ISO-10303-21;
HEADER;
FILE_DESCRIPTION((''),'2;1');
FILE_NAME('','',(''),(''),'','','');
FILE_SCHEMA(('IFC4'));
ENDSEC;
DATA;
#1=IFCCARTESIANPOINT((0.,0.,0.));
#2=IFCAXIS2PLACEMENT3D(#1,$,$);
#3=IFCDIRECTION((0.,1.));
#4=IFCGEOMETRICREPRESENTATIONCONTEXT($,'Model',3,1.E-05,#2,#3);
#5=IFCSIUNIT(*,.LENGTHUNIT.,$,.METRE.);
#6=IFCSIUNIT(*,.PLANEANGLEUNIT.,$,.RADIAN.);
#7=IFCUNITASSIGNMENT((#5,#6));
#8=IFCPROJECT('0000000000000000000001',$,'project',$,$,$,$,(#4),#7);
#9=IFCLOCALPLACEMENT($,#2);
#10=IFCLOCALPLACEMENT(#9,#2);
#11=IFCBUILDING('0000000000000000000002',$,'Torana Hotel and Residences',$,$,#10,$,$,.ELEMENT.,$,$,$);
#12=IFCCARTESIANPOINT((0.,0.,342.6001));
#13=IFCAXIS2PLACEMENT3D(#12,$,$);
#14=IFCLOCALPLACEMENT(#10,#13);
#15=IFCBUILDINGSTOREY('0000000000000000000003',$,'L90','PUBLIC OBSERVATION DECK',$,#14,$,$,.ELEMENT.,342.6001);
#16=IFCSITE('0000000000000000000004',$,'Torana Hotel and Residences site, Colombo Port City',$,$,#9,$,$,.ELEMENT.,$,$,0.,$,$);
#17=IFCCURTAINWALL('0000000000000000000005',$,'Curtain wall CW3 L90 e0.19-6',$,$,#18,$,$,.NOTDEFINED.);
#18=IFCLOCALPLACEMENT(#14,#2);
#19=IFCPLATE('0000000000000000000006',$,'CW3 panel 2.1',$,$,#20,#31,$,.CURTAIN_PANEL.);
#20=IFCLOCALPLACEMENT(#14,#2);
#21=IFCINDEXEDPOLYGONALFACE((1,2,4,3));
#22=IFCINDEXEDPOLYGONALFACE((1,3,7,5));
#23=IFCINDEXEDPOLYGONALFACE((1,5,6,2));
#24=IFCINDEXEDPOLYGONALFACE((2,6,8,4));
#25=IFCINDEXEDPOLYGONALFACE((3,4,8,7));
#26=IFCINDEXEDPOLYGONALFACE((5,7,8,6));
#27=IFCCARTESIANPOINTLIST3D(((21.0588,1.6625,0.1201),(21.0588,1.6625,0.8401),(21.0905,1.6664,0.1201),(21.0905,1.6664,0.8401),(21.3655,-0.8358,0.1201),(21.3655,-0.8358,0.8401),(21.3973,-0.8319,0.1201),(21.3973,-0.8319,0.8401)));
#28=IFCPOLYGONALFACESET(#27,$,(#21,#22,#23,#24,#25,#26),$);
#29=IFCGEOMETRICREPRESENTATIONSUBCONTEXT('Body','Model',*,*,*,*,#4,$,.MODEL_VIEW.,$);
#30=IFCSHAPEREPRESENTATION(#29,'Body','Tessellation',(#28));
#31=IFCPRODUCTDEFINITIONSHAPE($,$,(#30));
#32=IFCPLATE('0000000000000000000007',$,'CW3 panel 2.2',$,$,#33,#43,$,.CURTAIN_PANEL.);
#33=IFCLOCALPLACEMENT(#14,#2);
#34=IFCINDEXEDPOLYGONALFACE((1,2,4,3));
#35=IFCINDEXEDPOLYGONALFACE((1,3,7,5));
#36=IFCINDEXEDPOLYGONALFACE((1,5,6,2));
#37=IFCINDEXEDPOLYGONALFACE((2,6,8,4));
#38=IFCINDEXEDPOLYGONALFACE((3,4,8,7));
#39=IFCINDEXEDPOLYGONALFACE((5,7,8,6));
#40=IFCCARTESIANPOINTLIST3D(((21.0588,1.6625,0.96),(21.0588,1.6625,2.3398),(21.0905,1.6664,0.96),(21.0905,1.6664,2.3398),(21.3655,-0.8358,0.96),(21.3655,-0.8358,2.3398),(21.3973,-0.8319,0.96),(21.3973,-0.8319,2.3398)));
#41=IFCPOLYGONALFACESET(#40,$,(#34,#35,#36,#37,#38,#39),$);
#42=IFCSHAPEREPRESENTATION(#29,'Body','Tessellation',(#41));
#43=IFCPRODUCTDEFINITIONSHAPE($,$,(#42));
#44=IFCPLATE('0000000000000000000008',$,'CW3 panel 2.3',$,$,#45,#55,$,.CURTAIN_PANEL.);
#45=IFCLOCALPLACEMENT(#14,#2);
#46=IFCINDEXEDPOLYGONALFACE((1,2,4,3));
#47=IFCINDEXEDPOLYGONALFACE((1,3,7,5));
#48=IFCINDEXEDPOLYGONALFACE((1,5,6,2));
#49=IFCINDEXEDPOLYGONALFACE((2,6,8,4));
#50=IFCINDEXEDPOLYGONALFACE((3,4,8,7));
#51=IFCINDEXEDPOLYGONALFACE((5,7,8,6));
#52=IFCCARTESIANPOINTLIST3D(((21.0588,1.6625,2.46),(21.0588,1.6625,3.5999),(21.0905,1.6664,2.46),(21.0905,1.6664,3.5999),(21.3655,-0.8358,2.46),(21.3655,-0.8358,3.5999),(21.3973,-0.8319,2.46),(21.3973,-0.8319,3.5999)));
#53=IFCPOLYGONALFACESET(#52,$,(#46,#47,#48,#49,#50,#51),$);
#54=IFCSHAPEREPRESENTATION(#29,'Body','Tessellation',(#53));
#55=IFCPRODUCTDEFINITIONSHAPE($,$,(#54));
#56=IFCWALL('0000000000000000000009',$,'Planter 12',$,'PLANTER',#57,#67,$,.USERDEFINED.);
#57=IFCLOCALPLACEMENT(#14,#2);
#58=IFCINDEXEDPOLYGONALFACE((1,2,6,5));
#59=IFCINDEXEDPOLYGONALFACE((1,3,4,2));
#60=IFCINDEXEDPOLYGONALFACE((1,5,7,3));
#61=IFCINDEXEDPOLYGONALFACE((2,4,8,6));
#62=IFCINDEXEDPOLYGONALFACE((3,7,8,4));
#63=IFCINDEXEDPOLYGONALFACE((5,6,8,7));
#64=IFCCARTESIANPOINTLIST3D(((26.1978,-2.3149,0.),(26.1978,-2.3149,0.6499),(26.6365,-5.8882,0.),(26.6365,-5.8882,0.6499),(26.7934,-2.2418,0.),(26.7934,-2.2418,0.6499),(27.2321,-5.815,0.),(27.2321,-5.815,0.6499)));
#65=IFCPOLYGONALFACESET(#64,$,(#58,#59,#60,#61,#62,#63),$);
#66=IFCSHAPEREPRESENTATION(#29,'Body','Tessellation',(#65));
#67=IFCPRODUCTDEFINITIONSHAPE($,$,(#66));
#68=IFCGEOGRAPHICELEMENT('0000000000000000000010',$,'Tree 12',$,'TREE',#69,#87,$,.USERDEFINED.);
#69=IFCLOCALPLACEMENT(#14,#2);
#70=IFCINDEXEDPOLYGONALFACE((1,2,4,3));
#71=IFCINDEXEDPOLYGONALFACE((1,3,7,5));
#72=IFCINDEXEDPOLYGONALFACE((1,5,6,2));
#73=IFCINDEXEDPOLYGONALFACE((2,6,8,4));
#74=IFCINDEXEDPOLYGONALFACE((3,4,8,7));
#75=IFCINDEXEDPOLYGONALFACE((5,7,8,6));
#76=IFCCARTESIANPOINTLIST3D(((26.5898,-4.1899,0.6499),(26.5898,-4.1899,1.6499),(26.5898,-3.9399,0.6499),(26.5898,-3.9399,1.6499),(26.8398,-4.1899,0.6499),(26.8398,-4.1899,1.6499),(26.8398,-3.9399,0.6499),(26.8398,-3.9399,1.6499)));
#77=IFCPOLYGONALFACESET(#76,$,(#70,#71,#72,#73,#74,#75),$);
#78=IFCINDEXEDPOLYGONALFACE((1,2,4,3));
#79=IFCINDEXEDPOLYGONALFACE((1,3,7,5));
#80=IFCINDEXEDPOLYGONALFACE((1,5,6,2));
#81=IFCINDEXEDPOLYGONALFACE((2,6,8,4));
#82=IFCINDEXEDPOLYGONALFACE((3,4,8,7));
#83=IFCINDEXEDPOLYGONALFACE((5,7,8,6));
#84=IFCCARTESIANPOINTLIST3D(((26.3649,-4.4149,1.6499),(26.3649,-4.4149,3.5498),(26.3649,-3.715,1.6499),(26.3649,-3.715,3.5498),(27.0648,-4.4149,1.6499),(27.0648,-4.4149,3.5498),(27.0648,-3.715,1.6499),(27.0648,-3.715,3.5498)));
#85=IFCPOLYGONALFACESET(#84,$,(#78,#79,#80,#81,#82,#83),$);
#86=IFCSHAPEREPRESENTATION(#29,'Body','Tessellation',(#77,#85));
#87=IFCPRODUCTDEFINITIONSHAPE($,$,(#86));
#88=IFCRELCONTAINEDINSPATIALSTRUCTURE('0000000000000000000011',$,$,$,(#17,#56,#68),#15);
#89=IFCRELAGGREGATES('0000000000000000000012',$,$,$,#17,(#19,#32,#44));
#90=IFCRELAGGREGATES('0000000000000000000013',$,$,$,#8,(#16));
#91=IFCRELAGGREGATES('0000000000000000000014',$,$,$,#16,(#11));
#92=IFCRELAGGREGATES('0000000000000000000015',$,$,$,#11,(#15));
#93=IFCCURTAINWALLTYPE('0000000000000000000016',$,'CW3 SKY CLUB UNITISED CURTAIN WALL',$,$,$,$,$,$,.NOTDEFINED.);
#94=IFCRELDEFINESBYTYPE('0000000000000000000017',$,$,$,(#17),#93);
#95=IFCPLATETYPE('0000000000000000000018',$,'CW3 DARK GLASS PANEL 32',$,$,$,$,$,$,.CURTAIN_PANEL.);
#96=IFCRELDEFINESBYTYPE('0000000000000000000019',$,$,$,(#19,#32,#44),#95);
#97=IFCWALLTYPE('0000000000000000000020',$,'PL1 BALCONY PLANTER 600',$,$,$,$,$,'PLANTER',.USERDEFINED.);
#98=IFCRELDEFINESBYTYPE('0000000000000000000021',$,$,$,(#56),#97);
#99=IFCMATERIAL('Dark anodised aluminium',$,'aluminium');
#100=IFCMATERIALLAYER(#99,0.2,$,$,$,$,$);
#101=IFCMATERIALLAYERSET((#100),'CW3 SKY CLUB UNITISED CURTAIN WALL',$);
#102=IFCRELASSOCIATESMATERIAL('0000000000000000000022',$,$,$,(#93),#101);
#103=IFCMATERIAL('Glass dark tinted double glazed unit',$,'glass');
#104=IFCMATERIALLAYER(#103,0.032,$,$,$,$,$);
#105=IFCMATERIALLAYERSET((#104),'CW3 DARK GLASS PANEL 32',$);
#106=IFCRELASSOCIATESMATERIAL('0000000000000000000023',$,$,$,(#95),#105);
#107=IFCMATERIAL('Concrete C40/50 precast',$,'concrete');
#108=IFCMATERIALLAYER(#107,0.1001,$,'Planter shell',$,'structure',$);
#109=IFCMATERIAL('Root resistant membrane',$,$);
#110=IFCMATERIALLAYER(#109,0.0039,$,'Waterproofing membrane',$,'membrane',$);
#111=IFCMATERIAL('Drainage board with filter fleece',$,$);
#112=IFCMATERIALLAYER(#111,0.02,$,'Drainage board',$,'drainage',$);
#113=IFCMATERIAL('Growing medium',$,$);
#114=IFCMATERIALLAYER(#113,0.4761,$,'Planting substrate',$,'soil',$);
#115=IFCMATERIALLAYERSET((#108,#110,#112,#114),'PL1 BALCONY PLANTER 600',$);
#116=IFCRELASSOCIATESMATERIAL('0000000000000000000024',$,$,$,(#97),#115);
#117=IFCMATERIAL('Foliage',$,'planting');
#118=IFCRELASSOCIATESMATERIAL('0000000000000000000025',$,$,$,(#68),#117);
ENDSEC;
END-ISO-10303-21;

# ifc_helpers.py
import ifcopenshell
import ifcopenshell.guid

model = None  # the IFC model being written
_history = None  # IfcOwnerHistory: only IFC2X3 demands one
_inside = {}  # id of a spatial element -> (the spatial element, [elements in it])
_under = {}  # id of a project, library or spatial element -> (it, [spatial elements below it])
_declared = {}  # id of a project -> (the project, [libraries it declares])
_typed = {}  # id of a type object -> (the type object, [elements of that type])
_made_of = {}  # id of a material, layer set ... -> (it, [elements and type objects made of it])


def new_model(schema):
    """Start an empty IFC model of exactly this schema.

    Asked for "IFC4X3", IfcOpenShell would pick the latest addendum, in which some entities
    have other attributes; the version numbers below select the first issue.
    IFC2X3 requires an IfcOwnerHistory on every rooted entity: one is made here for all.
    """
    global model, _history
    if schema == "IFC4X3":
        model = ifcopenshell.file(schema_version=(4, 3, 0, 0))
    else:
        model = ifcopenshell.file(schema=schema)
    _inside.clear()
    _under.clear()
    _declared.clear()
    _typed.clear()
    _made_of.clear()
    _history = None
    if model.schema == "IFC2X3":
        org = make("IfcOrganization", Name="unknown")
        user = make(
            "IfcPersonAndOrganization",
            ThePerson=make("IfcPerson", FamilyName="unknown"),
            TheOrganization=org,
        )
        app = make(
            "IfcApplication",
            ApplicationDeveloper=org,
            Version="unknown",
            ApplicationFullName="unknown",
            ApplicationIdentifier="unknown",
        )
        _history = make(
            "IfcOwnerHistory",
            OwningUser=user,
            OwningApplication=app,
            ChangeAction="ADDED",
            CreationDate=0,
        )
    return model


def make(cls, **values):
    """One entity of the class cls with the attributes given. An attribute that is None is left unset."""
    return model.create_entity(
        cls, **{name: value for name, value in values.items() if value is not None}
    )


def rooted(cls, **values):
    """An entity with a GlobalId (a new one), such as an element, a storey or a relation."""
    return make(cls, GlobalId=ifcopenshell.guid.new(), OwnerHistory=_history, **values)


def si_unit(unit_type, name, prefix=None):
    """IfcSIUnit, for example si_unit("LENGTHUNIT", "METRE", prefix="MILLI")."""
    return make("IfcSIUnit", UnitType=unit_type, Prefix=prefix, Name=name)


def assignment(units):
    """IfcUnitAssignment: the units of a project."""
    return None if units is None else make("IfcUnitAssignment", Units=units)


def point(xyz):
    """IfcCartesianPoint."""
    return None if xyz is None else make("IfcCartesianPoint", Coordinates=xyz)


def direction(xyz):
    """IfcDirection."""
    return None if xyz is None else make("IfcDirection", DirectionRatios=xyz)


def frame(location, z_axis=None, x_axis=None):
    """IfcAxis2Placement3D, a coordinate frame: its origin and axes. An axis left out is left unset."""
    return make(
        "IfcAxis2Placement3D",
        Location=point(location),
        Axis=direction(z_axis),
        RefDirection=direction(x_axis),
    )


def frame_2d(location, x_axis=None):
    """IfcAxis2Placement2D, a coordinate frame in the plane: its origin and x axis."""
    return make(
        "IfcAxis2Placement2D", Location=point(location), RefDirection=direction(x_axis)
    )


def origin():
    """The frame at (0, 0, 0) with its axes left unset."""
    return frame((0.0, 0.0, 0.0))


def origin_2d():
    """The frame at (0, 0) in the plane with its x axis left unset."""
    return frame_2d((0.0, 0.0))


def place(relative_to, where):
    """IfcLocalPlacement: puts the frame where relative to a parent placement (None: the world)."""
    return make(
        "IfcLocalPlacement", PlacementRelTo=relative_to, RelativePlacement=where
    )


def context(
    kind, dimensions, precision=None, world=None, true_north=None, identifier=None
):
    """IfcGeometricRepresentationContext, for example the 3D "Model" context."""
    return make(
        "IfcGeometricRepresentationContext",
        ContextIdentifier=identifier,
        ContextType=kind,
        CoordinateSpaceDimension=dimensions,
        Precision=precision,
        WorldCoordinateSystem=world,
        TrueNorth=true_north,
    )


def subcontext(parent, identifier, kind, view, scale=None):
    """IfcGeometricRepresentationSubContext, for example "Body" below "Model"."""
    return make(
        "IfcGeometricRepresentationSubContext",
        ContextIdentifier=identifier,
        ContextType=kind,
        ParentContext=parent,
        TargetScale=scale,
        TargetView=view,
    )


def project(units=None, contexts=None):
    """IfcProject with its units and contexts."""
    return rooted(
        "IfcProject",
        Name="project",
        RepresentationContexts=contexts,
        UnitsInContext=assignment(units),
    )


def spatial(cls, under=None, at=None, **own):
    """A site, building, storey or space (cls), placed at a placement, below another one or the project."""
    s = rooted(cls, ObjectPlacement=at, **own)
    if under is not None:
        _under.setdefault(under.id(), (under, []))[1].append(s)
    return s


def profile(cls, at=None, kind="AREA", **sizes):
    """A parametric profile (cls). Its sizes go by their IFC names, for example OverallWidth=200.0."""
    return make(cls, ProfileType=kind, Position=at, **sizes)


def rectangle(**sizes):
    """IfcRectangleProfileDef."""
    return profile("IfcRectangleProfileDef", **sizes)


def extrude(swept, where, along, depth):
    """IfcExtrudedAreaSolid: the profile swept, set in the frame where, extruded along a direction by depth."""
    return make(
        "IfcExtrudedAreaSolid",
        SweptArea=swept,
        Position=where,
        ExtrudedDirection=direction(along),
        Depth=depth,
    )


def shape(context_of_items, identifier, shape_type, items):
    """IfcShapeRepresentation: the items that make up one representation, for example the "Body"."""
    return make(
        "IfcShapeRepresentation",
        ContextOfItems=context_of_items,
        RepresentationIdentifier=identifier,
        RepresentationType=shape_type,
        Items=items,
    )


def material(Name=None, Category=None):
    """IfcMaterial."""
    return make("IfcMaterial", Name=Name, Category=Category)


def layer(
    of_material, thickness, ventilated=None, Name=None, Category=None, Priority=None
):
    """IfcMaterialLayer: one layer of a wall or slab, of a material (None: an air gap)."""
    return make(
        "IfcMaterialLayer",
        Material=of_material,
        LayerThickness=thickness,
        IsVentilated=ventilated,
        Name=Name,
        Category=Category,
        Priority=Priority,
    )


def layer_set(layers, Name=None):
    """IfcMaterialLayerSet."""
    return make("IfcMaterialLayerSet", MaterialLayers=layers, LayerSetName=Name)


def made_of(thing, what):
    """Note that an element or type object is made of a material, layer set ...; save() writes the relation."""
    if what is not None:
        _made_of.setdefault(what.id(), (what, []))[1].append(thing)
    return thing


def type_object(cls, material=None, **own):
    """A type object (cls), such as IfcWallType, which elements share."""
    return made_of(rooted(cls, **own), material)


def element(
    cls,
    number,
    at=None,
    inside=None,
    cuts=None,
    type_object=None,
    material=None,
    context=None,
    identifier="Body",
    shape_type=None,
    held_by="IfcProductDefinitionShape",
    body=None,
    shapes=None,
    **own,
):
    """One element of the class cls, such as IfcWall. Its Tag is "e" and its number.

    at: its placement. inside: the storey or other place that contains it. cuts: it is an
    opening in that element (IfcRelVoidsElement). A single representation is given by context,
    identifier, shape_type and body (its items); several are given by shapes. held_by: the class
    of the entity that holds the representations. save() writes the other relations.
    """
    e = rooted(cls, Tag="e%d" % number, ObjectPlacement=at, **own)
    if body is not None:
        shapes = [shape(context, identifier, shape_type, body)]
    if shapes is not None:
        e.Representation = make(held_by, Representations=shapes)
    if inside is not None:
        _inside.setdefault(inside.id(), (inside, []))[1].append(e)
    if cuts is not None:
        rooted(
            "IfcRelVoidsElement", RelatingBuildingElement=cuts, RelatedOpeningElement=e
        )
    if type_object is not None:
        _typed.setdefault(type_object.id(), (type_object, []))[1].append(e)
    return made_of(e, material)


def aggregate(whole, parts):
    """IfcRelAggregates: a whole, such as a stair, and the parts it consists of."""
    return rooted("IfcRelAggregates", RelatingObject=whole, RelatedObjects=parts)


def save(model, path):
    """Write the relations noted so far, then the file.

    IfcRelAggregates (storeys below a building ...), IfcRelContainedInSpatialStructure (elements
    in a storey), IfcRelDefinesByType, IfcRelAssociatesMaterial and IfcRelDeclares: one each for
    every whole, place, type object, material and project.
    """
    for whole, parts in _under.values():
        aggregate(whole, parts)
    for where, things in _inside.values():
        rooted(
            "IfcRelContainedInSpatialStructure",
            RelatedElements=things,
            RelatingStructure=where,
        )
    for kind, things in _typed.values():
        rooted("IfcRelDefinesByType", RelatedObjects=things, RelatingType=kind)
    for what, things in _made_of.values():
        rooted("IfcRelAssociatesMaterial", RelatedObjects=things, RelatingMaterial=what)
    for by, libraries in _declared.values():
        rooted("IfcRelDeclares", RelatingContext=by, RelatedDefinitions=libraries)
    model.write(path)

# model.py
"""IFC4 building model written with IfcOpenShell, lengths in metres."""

from ifc_helpers import new_model, si_unit, direction, frame, frame_2d, origin, origin_2d, place, context, subcontext, project, spatial, rectangle, extrude, material, layer, layer_set, type_object, element, aggregate, save


model = new_model("IFC4")

# Units and contexts
model_context = context("Model", 3, precision=1e-05, world=origin(), true_north=direction((0.0, 1.0)))
body_context = subcontext(model_context, "Body", "Model", "MODEL_VIEW")
ifc_project = project(units=[si_unit("LENGTHUNIT", "METRE"), si_unit("PLANEANGLEUNIT", "RADIAN")], contexts=[model_context])

# Site, building, storey
site_placement = place(None, origin())
site = spatial("IfcSite", under=ifc_project, at=site_placement, Name="Torana Hotel and Residences site, Colombo Port City", CompositionType="ELEMENT", RefElevation=0.0)
building_placement = place(site_placement, origin())
building = spatial("IfcBuilding", under=site, at=building_placement, Name="Torana Hotel and Residences", CompositionType="ELEMENT")
storey_placement = place(building_placement, frame((0.0, 0.0, 342.6001)))
storey = spatial("IfcBuildingStorey", under=building, at=storey_placement, Name="L90", Description="PUBLIC OBSERVATION DECK", CompositionType="ELEMENT", Elevation=342.6001)

# Shared definitions
ifc_material_1 = material(Name="Dark anodised aluminium", Category="aluminium")
ifc_layer_1 = layer(ifc_material_1, 0.2)
ifc_layer_set_1 = layer_set([ifc_layer_1], Name="CW3 SKY CLUB UNITISED CURTAIN WALL")
curtain_wall_type = type_object("IfcCurtainWallType", Name="CW3 SKY CLUB UNITISED CURTAIN WALL", PredefinedType="NOTDEFINED", material=ifc_layer_set_1)

# Curtain wall, plates
curtain_wall_1_placement = place(storey_placement, origin())
curtain_wall_1 = element("IfcCurtainWall", 1, at=curtain_wall_1_placement, inside=storey, type_object=curtain_wall_type, Name="Curtain wall CW3 L90 e0.19-6", PredefinedType="NOTDEFINED")
ifc_material_2 = material(Name="Glass dark tinted double glazed unit", Category="glass")
ifc_layer_2 = layer(ifc_material_2, 0.032)
ifc_layer_set_2 = layer_set([ifc_layer_2], Name="CW3 DARK GLASS PANEL 32")
plate_type = type_object("IfcPlateType", Name="CW3 DARK GLASS PANEL 32", PredefinedType="CURTAIN_PANEL", material=ifc_layer_set_2)
plate_1_placement = place(storey_placement, frame((21.228, 0.4153, 0.1201), z_axis=(0.0, 0.0, 1.0), x_axis=(-0.121871, 0.992546, 0.0)))
plate_1 = element("IfcPlate", 2, at=plate_1_placement, type_object=plate_type, Name="CW3 panel 2.1", PredefinedType="CURTAIN_PANEL", context=body_context, shape_type="SweptSolid", body=[
    extrude(rectangle(XDim=2.5171, YDim=0.032, at=origin_2d()), origin(), (0.0, 0.0, 1.0), 0.72),
])
plate_2_placement = place(storey_placement, frame((21.228, 0.4153, 0.96), z_axis=(0.0, 0.0, 1.0), x_axis=(-0.121871, 0.992546, 0.0)))
plate_2 = element("IfcPlate", 3, at=plate_2_placement, type_object=plate_type, Name="CW3 panel 2.2", PredefinedType="CURTAIN_PANEL", context=body_context, shape_type="SweptSolid", body=[
    extrude(rectangle(XDim=2.5171, YDim=0.032, at=origin_2d()), origin(), (0.0, 0.0, 1.0), 1.3799),
])
plate_3_placement = place(storey_placement, frame((21.228, 0.4153, 2.46), z_axis=(0.0, 0.0, 1.0), x_axis=(-0.121871, 0.992546, 0.0)))
plate_3 = element("IfcPlate", 4, at=plate_3_placement, type_object=plate_type, Name="CW3 panel 2.3", PredefinedType="CURTAIN_PANEL", context=body_context, shape_type="SweptSolid", body=[
    extrude(rectangle(XDim=2.5171, YDim=0.032, at=origin_2d()), origin(), (0.0, 0.0, 1.0), 1.1399),
])
aggregate(curtain_wall_1, [plate_1, plate_2, plate_3])

# Wall
ifc_material_3 = material(Name="Concrete C40/50 precast", Category="concrete")
ifc_layer_3 = layer(ifc_material_3, 0.1001, Name="Planter shell", Category="structure")
ifc_material_4 = material(Name="Root resistant membrane")
ifc_layer_4 = layer(ifc_material_4, 0.0039, Name="Waterproofing membrane", Category="membrane")
ifc_material_5 = material(Name="Drainage board with filter fleece")
ifc_layer_5 = layer(ifc_material_5, 0.02, Name="Drainage board", Category="drainage")
ifc_material_6 = material(Name="Growing medium")
ifc_layer_6 = layer(ifc_material_6, 0.4761, Name="Planting substrate", Category="soil")
ifc_layer_set_3 = layer_set([ifc_layer_3, ifc_layer_4, ifc_layer_5, ifc_layer_6], Name="PL1 BALCONY PLANTER 600")
wall_type_1 = type_object("IfcWallType", Name="PL1 BALCONY PLANTER 600", ElementType="PLANTER", PredefinedType="USERDEFINED", material=ifc_layer_set_3)
wall_1_placement = place(storey_placement, frame((26.4956, -2.2783, 0.0), z_axis=(0.0, 0.0, 1.0), x_axis=(0.121864, -0.992547, 0.0)))
element("IfcWall", 5, at=wall_1_placement, inside=storey, type_object=wall_type_1, Name="Planter 12", ObjectType="PLANTER", PredefinedType="USERDEFINED", context=body_context, shape_type="SweptSolid", body=[
    extrude(rectangle(XDim=3.6001, YDim=0.6001, at=frame_2d((1.8, 0.0))), origin(), (0.0, 0.0, 1.0), 0.6499),
])

# Geographic element
ifc_material_7 = material(Name="Foliage", Category="planting")
geographic_element_placement = place(storey_placement, frame((26.7148, -4.0649, 0.6499), z_axis=(0.0, 0.0, 1.0), x_axis=(1.0, 0.0, 0.0)))
element("IfcGeographicElement", 6, at=geographic_element_placement, inside=storey, material=ifc_material_7, Name="Tree 12", ObjectType="TREE", PredefinedType="USERDEFINED", context=body_context, shape_type="SweptSolid", body=[
    extrude(rectangle(XDim=0.25, YDim=0.25, at=origin_2d()), origin(), (0.0, 0.0, 1.0), 1.0),
    extrude(rectangle(XDim=0.7, YDim=0.7, at=origin_2d()), frame((0.0, 0.0, 1.0)), (0.0, 0.0, 1.0), 1.8999),
])

save(model, "model.ifc")
